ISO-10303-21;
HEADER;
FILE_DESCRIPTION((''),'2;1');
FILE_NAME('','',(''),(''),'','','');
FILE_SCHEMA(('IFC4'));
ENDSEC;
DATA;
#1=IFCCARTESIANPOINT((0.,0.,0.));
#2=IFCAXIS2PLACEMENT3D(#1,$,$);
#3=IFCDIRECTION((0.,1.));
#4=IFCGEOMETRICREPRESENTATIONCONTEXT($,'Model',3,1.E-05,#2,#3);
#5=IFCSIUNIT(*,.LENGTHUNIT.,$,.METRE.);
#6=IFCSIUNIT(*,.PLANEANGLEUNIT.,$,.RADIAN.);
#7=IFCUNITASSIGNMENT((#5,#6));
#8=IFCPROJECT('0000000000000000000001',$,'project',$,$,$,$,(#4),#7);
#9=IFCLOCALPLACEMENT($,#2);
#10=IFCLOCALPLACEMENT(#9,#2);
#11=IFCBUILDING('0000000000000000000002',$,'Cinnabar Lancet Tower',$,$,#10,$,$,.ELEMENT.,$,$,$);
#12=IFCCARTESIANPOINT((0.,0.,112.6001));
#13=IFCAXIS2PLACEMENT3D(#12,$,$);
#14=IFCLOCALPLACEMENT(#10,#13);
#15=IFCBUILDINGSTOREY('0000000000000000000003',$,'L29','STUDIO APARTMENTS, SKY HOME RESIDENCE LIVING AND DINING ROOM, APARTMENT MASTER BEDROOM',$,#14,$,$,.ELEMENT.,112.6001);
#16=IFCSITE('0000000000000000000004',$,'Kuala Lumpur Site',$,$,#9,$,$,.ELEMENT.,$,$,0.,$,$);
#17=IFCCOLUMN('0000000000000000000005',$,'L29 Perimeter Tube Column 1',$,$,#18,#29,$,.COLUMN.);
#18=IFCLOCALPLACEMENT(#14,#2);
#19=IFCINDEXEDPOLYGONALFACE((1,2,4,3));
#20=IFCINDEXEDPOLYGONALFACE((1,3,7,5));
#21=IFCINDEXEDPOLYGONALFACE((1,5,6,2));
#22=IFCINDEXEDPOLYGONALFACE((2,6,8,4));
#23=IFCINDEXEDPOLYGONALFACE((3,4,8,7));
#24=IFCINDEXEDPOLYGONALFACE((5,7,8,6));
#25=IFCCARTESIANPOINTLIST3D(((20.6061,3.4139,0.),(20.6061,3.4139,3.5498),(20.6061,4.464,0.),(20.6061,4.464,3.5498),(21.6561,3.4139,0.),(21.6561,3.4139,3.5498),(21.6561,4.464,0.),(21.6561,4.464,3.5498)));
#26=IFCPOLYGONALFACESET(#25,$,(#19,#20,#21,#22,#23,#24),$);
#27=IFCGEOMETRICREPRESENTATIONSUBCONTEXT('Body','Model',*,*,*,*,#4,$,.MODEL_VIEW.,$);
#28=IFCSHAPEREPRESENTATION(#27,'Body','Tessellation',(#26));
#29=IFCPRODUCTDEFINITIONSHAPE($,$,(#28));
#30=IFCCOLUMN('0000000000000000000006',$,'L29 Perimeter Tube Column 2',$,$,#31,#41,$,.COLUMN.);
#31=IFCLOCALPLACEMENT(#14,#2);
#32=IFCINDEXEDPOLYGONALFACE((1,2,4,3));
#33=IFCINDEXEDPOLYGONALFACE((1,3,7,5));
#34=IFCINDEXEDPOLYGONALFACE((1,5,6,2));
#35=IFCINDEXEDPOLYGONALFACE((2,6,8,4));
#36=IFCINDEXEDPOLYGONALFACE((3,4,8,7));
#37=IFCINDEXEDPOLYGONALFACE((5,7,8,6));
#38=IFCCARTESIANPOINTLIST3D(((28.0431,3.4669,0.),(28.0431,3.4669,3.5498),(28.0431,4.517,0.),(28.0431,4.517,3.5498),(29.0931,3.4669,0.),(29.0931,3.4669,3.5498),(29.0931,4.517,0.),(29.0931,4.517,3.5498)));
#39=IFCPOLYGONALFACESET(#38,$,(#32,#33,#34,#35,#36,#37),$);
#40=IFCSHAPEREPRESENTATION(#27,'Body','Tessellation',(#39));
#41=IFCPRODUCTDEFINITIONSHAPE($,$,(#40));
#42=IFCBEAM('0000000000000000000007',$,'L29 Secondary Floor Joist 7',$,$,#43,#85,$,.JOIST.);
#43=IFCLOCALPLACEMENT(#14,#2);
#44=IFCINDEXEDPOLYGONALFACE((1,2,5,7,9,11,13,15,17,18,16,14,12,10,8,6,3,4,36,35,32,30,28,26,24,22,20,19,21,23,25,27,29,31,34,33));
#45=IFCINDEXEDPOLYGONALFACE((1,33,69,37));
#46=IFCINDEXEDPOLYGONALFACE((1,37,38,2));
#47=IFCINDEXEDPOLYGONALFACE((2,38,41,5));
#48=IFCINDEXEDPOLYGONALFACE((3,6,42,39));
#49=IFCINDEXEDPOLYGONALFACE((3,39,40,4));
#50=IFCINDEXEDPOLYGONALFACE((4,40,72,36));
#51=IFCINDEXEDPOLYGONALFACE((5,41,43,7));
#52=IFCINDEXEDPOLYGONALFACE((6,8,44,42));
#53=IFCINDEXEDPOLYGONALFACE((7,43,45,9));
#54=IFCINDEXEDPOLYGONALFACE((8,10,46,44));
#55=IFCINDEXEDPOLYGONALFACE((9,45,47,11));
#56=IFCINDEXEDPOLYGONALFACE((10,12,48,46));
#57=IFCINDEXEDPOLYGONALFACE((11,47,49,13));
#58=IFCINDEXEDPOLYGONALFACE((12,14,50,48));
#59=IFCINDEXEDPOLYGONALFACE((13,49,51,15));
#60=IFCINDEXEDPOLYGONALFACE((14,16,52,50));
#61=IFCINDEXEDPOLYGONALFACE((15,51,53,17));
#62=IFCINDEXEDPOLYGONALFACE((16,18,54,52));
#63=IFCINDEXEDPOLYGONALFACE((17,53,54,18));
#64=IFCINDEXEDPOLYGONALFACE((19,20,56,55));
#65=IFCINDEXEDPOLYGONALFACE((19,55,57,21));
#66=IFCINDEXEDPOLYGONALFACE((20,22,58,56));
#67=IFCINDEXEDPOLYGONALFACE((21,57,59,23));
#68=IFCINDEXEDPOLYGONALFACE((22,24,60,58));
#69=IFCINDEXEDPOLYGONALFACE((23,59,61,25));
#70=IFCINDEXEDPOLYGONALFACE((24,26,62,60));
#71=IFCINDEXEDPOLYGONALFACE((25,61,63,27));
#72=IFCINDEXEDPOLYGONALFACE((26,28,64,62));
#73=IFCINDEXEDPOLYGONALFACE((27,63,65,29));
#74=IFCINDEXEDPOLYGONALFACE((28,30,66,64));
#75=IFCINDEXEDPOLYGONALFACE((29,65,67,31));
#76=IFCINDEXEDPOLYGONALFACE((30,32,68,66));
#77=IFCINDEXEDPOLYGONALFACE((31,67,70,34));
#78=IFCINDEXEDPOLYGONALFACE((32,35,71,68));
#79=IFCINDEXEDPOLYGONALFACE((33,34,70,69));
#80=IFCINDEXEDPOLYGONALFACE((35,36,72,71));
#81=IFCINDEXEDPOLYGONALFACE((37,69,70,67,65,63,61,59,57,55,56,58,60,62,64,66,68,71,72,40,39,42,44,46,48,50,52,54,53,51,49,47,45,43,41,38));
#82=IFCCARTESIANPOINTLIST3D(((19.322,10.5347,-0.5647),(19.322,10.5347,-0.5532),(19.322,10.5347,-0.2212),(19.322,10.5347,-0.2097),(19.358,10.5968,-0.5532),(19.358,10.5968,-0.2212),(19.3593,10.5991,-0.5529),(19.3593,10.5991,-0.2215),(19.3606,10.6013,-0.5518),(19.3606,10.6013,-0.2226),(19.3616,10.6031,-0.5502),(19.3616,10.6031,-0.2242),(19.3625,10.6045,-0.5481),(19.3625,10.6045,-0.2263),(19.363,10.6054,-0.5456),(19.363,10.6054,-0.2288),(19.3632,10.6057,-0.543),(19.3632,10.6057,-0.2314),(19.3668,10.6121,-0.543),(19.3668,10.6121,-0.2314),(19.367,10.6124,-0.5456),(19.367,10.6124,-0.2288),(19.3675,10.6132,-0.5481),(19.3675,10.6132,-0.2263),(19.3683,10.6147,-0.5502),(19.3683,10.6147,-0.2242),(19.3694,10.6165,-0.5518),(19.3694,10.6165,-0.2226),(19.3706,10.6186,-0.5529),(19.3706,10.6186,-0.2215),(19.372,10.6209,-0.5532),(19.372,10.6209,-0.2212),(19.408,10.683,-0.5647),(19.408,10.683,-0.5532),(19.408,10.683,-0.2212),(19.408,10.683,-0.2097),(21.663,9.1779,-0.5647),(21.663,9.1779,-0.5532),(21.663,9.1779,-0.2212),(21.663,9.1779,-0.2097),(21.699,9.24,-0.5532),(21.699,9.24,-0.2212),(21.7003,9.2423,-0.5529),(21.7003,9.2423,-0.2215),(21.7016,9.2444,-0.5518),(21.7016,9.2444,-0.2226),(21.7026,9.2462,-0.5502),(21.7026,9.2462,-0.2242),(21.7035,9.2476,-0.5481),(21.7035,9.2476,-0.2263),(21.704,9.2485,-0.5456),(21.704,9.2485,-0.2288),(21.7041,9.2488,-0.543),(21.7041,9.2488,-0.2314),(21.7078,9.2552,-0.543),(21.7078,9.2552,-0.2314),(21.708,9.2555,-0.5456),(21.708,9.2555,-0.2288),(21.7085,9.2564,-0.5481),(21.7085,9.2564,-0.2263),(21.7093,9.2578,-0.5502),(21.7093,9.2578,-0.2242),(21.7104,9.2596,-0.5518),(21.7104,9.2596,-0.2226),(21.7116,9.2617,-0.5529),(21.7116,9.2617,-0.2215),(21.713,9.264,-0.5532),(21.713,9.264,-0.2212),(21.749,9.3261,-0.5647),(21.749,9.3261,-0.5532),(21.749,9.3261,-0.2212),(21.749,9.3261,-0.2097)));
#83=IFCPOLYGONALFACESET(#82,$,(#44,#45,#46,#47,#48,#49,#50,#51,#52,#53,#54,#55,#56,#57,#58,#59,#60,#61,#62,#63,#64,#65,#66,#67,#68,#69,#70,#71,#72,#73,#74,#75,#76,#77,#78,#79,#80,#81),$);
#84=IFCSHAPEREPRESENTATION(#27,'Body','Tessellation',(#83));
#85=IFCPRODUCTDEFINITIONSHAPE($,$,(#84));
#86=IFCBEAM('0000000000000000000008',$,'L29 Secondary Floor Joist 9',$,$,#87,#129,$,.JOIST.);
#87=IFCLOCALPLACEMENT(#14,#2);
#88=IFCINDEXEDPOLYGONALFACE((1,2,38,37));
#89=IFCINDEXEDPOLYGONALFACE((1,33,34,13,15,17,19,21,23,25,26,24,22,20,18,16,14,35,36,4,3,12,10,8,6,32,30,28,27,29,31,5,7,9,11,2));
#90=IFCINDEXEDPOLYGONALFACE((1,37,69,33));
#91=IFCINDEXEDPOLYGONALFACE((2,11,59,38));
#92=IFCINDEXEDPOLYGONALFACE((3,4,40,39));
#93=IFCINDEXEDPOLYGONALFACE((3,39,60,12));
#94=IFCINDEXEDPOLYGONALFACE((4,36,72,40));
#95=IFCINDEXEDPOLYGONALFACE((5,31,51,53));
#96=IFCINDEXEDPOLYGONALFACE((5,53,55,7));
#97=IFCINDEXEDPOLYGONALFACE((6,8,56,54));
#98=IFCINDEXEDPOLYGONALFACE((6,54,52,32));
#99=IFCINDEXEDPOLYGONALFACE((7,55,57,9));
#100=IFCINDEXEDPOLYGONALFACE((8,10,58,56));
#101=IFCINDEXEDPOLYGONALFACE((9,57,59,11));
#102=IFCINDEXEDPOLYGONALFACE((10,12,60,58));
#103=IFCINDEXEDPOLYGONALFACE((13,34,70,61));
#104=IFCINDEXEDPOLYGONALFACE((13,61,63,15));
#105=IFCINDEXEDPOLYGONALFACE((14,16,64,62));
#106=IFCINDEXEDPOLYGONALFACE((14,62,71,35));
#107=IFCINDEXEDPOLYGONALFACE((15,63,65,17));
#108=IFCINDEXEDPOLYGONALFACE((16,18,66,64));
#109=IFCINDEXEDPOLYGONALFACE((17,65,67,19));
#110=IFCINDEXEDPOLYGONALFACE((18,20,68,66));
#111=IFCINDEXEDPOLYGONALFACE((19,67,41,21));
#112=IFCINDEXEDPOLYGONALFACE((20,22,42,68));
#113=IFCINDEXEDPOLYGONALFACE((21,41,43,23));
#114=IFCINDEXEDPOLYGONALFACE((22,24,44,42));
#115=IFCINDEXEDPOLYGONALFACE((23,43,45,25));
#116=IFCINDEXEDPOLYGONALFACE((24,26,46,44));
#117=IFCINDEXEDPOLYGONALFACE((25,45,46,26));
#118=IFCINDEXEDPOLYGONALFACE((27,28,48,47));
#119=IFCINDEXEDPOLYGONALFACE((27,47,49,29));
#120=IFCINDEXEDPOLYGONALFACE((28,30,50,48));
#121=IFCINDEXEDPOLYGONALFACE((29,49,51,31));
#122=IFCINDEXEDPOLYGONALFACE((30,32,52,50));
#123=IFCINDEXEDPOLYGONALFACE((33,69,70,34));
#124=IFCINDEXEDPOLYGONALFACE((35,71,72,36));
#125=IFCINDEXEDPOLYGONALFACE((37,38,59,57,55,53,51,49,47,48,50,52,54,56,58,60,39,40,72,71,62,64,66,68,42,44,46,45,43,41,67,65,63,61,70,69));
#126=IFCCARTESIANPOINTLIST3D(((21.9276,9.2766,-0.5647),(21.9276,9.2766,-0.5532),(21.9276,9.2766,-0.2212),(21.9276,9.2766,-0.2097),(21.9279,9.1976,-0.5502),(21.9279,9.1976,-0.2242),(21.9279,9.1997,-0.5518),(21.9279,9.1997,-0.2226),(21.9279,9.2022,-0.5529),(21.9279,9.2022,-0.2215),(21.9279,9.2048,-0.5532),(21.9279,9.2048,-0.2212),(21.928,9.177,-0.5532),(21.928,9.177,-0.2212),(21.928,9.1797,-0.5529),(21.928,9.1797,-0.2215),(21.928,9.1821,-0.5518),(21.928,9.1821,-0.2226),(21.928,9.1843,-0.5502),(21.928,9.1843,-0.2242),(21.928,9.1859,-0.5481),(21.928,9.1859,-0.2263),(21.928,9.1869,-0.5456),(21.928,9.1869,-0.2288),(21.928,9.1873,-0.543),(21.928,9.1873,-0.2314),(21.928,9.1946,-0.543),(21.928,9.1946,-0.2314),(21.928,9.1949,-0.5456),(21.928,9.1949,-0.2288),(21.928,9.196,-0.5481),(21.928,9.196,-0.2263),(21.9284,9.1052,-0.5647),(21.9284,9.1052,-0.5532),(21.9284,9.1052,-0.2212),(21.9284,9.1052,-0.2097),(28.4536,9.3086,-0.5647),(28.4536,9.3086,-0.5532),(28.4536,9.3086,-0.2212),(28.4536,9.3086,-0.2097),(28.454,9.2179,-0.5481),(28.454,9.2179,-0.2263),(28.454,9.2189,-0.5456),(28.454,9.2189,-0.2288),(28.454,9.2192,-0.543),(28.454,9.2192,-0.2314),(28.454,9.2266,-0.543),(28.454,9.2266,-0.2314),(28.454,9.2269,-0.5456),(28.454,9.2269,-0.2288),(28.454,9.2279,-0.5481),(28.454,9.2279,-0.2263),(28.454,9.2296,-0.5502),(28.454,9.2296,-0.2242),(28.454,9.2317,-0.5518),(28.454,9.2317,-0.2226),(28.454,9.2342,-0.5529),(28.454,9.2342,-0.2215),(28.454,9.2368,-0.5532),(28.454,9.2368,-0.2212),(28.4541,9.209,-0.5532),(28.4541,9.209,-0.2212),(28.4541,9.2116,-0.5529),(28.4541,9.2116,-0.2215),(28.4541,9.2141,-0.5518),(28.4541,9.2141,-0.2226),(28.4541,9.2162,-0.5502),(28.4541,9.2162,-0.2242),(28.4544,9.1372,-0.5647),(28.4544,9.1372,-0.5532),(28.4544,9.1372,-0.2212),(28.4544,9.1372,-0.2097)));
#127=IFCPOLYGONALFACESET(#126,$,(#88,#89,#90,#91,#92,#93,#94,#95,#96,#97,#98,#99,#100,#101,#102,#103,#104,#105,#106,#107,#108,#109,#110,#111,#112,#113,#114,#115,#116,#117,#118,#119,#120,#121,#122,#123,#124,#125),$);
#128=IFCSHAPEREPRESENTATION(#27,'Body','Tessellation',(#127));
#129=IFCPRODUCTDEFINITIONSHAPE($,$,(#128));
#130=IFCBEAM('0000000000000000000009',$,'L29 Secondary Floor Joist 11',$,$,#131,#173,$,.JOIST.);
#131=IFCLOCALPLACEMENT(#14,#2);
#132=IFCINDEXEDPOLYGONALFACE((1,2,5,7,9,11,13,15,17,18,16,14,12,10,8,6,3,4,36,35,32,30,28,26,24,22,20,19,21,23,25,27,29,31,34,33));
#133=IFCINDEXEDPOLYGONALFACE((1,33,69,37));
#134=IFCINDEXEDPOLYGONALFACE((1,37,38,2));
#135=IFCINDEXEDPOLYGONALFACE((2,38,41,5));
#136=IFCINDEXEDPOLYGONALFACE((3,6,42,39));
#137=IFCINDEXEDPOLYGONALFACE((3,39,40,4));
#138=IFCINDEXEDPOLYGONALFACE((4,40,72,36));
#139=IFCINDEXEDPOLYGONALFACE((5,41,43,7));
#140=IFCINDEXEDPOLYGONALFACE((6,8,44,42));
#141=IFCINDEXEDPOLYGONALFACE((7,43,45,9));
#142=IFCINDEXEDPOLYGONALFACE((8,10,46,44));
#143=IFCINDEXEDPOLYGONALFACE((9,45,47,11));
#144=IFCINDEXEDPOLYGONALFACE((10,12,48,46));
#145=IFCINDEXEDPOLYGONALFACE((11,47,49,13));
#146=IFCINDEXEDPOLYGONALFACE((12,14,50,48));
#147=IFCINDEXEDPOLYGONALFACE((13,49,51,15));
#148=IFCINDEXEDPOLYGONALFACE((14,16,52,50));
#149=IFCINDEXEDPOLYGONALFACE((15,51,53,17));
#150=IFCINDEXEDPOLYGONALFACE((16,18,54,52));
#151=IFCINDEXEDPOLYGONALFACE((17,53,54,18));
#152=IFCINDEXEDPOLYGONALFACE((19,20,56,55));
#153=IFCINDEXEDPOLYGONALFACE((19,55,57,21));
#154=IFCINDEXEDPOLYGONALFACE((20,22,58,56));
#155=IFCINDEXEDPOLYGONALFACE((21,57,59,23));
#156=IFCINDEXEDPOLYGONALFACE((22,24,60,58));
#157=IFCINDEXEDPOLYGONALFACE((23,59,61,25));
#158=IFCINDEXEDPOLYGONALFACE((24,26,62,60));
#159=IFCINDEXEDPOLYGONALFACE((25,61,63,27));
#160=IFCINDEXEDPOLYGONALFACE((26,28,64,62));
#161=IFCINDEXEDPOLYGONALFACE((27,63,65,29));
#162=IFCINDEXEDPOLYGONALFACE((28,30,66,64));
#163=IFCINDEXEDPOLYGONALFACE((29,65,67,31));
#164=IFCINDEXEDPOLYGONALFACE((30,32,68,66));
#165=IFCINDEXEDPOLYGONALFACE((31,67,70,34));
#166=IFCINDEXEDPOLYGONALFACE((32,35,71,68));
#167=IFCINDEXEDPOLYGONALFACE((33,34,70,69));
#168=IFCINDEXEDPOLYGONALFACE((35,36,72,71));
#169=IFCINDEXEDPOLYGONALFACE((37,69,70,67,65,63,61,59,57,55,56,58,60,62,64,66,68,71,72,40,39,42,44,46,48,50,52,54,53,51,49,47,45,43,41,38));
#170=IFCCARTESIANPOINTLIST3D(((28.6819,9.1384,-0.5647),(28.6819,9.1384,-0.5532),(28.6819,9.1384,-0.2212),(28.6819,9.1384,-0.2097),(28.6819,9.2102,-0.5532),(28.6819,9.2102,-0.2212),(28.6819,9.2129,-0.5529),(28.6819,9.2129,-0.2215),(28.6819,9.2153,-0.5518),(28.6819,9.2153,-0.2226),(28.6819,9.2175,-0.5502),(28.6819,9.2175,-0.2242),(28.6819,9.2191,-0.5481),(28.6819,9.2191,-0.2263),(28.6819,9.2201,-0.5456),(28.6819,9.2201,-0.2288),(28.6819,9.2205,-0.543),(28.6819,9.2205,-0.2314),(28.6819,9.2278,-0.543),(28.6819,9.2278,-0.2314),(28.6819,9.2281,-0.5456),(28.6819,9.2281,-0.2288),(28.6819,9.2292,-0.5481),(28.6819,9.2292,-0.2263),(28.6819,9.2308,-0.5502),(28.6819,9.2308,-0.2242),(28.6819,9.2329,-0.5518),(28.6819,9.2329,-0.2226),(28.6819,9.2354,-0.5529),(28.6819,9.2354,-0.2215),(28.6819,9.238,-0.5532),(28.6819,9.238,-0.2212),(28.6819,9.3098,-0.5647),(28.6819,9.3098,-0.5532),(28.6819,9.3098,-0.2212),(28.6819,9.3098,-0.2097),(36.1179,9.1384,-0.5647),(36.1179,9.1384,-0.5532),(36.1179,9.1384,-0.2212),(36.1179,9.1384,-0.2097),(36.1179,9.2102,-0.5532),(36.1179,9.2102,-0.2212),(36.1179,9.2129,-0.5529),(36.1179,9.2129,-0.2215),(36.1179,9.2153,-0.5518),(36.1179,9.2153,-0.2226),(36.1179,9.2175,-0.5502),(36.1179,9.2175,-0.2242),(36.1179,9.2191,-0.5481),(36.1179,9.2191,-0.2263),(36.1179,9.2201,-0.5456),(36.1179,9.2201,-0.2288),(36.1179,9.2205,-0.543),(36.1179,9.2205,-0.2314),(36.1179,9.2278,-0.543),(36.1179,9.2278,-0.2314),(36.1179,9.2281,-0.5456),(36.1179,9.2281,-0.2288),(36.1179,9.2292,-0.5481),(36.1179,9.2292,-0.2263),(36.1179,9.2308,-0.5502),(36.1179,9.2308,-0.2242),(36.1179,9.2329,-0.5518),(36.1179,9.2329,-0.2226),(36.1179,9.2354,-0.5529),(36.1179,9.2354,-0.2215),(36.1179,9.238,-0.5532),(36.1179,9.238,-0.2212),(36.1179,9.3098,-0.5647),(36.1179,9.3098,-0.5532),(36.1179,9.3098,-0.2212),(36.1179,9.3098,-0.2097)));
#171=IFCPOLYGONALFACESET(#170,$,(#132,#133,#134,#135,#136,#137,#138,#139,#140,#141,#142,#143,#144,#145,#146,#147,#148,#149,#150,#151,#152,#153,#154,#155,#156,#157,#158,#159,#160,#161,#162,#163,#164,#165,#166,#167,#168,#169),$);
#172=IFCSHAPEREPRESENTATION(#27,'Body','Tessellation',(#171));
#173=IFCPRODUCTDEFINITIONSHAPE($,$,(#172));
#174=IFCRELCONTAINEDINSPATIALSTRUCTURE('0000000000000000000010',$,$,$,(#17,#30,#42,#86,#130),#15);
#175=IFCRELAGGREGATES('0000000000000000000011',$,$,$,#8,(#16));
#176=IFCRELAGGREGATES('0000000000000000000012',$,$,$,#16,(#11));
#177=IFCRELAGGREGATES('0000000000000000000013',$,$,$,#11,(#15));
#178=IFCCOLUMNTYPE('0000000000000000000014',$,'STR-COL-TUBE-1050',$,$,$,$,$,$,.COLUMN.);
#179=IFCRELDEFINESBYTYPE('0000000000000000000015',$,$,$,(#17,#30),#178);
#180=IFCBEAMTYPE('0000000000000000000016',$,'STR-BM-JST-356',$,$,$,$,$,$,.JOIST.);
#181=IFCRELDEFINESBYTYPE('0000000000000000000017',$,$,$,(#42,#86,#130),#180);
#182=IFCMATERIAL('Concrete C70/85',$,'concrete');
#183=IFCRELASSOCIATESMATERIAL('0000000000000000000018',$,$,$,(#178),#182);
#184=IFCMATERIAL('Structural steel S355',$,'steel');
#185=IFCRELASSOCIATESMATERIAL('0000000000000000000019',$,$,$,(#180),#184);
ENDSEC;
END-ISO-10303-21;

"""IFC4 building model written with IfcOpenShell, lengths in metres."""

from ifc_helpers import new_model, si_unit, direction, frame, origin, origin_2d, place, context, subcontext, project, spatial, rectangle, i_section, extrude, material, material_profile, profile_set, type_object, element, save


model = new_model("IFC4")

# Units and contexts
model_context = context("Model", 3, precision=1e-05, world=origin(), true_north=direction((0.0, 1.0)))
body_context = subcontext(model_context, "Body", "Model", "MODEL_VIEW")
ifc_project = project(units=[si_unit("LENGTHUNIT", "METRE"), si_unit("PLANEANGLEUNIT", "RADIAN")], contexts=[model_context])

# Site, building, storey
site_placement = place(None, origin())
site = spatial("IfcSite", under=ifc_project, at=site_placement, Name="Kuala Lumpur Site", CompositionType="ELEMENT", RefElevation=0.0)
building_placement = place(site_placement, origin())
building = spatial("IfcBuilding", under=site, at=building_placement, Name="Cinnabar Lancet Tower", CompositionType="ELEMENT")
storey_placement = place(building_placement, frame((0.0, 0.0, 112.6001)))
storey = spatial("IfcBuildingStorey", under=building, at=storey_placement, Name="L29", Description="STUDIO APARTMENTS, SKY HOME RESIDENCE LIVING AND DINING ROOM, APARTMENT MASTER BEDROOM", CompositionType="ELEMENT", Elevation=112.6001)

# Columns
ifc_material_1 = material(Name="Concrete C70/85", Category="concrete")
ifc_material_profile_1 = material_profile(ifc_material_1, rectangle(XDim=1.05, YDim=1.05, at=origin_2d()), Name="RC-COL 1050x1050")
ifc_profile_set_1 = profile_set([ifc_material_profile_1], Name="Concrete C70/85")
column_type = type_object("IfcColumnType", Name="STR-COL-TUBE-1050", PredefinedType="COLUMN", material=ifc_profile_set_1)
for number, where, z_axis, x_axis, name in (
    (1, (21.1311, 3.939, 0.0), (0.0, 0.0, 1.0), (1.0, 0.0, 0.0), "L29 Perimeter Tube Column 1"),
    (2, (28.5681, 3.9919, 0.0), (0.0, 0.0, 1.0), (1.0, 0.0, 0.0), "L29 Perimeter Tube Column 2"),
):
    element("IfcColumn", number, at=place(storey_placement, frame(where, z_axis=z_axis, x_axis=x_axis)), inside=storey, type_object=column_type, Name=name, PredefinedType="COLUMN", context=body_context, shape_type="SweptSolid", body=[
        extrude(rectangle(XDim=1.05, YDim=1.05, at=origin_2d()), origin(), (0.0, 0.0, 1.0), 3.5498),
    ])

# Beams
ifc_material_2 = material(Name="Structural steel S355", Category="steel")
ifc_material_profile_2 = material_profile(ifc_material_2, i_section(OverallWidth=0.1714, OverallDepth=0.355, WebThickness=0.0073, FlangeThickness=0.0115, FilletRadius=0.0103, at=origin_2d()), Name="UKB 356x171x51")
ifc_profile_set_2 = profile_set([ifc_material_profile_2], Name="Structural steel S355")
beam_type_1 = type_object("IfcBeamType", Name="STR-BM-JST-356", PredefinedType="JOIST", material=ifc_profile_set_2)
beam_1_placement = place(storey_placement, frame((19.365, 10.6089, -0.3872), z_axis=(0.865173, -0.501474, 0.0), x_axis=(0.501474, 0.865173, 0.0)))
element("IfcBeam", 3, at=beam_1_placement, inside=storey, type_object=beam_type_1, Name="L29 Secondary Floor Joist 7", PredefinedType="JOIST", context=body_context, shape_type="SweptSolid", body=[
    extrude(i_section(OverallWidth=0.1714, OverallDepth=0.355, WebThickness=0.0073, FlangeThickness=0.0115, FilletRadius=0.0103, at=origin_2d()), origin(), (0.0, 0.0, 1.0), 2.7058),
])
beam_2_placement = place(storey_placement, frame((21.928, 9.1909, -0.3872), z_axis=(0.999988, 0.004901, 0.0), x_axis=(-0.004901, 0.999988, 0.0)))
element("IfcBeam", 4, at=beam_2_placement, inside=storey, type_object=beam_type_1, Name="L29 Secondary Floor Joist 9", PredefinedType="JOIST", context=body_context, shape_type="SweptSolid", body=[
    extrude(i_section(OverallWidth=0.1714, OverallDepth=0.355, WebThickness=0.0073, FlangeThickness=0.0115, FilletRadius=0.0103, at=origin_2d()), origin(), (0.0, 0.0, 1.0), 6.5261),
])
beam_3_placement = place(storey_placement, frame((28.6819, 9.2241, -0.3872), z_axis=(1.0, 0.0, 0.0), x_axis=(0.0, 1.0, 0.0)))
element("IfcBeam", 5, at=beam_3_placement, inside=storey, type_object=beam_type_1, Name="L29 Secondary Floor Joist 11", PredefinedType="JOIST", context=body_context, shape_type="SweptSolid", body=[
    extrude(i_section(OverallWidth=0.1714, OverallDepth=0.355, WebThickness=0.0073, FlangeThickness=0.0115, FilletRadius=0.0103, at=origin_2d()), origin(), (0.0, 0.0, 1.0), 7.436),
])

save(model, "model.ifc")
